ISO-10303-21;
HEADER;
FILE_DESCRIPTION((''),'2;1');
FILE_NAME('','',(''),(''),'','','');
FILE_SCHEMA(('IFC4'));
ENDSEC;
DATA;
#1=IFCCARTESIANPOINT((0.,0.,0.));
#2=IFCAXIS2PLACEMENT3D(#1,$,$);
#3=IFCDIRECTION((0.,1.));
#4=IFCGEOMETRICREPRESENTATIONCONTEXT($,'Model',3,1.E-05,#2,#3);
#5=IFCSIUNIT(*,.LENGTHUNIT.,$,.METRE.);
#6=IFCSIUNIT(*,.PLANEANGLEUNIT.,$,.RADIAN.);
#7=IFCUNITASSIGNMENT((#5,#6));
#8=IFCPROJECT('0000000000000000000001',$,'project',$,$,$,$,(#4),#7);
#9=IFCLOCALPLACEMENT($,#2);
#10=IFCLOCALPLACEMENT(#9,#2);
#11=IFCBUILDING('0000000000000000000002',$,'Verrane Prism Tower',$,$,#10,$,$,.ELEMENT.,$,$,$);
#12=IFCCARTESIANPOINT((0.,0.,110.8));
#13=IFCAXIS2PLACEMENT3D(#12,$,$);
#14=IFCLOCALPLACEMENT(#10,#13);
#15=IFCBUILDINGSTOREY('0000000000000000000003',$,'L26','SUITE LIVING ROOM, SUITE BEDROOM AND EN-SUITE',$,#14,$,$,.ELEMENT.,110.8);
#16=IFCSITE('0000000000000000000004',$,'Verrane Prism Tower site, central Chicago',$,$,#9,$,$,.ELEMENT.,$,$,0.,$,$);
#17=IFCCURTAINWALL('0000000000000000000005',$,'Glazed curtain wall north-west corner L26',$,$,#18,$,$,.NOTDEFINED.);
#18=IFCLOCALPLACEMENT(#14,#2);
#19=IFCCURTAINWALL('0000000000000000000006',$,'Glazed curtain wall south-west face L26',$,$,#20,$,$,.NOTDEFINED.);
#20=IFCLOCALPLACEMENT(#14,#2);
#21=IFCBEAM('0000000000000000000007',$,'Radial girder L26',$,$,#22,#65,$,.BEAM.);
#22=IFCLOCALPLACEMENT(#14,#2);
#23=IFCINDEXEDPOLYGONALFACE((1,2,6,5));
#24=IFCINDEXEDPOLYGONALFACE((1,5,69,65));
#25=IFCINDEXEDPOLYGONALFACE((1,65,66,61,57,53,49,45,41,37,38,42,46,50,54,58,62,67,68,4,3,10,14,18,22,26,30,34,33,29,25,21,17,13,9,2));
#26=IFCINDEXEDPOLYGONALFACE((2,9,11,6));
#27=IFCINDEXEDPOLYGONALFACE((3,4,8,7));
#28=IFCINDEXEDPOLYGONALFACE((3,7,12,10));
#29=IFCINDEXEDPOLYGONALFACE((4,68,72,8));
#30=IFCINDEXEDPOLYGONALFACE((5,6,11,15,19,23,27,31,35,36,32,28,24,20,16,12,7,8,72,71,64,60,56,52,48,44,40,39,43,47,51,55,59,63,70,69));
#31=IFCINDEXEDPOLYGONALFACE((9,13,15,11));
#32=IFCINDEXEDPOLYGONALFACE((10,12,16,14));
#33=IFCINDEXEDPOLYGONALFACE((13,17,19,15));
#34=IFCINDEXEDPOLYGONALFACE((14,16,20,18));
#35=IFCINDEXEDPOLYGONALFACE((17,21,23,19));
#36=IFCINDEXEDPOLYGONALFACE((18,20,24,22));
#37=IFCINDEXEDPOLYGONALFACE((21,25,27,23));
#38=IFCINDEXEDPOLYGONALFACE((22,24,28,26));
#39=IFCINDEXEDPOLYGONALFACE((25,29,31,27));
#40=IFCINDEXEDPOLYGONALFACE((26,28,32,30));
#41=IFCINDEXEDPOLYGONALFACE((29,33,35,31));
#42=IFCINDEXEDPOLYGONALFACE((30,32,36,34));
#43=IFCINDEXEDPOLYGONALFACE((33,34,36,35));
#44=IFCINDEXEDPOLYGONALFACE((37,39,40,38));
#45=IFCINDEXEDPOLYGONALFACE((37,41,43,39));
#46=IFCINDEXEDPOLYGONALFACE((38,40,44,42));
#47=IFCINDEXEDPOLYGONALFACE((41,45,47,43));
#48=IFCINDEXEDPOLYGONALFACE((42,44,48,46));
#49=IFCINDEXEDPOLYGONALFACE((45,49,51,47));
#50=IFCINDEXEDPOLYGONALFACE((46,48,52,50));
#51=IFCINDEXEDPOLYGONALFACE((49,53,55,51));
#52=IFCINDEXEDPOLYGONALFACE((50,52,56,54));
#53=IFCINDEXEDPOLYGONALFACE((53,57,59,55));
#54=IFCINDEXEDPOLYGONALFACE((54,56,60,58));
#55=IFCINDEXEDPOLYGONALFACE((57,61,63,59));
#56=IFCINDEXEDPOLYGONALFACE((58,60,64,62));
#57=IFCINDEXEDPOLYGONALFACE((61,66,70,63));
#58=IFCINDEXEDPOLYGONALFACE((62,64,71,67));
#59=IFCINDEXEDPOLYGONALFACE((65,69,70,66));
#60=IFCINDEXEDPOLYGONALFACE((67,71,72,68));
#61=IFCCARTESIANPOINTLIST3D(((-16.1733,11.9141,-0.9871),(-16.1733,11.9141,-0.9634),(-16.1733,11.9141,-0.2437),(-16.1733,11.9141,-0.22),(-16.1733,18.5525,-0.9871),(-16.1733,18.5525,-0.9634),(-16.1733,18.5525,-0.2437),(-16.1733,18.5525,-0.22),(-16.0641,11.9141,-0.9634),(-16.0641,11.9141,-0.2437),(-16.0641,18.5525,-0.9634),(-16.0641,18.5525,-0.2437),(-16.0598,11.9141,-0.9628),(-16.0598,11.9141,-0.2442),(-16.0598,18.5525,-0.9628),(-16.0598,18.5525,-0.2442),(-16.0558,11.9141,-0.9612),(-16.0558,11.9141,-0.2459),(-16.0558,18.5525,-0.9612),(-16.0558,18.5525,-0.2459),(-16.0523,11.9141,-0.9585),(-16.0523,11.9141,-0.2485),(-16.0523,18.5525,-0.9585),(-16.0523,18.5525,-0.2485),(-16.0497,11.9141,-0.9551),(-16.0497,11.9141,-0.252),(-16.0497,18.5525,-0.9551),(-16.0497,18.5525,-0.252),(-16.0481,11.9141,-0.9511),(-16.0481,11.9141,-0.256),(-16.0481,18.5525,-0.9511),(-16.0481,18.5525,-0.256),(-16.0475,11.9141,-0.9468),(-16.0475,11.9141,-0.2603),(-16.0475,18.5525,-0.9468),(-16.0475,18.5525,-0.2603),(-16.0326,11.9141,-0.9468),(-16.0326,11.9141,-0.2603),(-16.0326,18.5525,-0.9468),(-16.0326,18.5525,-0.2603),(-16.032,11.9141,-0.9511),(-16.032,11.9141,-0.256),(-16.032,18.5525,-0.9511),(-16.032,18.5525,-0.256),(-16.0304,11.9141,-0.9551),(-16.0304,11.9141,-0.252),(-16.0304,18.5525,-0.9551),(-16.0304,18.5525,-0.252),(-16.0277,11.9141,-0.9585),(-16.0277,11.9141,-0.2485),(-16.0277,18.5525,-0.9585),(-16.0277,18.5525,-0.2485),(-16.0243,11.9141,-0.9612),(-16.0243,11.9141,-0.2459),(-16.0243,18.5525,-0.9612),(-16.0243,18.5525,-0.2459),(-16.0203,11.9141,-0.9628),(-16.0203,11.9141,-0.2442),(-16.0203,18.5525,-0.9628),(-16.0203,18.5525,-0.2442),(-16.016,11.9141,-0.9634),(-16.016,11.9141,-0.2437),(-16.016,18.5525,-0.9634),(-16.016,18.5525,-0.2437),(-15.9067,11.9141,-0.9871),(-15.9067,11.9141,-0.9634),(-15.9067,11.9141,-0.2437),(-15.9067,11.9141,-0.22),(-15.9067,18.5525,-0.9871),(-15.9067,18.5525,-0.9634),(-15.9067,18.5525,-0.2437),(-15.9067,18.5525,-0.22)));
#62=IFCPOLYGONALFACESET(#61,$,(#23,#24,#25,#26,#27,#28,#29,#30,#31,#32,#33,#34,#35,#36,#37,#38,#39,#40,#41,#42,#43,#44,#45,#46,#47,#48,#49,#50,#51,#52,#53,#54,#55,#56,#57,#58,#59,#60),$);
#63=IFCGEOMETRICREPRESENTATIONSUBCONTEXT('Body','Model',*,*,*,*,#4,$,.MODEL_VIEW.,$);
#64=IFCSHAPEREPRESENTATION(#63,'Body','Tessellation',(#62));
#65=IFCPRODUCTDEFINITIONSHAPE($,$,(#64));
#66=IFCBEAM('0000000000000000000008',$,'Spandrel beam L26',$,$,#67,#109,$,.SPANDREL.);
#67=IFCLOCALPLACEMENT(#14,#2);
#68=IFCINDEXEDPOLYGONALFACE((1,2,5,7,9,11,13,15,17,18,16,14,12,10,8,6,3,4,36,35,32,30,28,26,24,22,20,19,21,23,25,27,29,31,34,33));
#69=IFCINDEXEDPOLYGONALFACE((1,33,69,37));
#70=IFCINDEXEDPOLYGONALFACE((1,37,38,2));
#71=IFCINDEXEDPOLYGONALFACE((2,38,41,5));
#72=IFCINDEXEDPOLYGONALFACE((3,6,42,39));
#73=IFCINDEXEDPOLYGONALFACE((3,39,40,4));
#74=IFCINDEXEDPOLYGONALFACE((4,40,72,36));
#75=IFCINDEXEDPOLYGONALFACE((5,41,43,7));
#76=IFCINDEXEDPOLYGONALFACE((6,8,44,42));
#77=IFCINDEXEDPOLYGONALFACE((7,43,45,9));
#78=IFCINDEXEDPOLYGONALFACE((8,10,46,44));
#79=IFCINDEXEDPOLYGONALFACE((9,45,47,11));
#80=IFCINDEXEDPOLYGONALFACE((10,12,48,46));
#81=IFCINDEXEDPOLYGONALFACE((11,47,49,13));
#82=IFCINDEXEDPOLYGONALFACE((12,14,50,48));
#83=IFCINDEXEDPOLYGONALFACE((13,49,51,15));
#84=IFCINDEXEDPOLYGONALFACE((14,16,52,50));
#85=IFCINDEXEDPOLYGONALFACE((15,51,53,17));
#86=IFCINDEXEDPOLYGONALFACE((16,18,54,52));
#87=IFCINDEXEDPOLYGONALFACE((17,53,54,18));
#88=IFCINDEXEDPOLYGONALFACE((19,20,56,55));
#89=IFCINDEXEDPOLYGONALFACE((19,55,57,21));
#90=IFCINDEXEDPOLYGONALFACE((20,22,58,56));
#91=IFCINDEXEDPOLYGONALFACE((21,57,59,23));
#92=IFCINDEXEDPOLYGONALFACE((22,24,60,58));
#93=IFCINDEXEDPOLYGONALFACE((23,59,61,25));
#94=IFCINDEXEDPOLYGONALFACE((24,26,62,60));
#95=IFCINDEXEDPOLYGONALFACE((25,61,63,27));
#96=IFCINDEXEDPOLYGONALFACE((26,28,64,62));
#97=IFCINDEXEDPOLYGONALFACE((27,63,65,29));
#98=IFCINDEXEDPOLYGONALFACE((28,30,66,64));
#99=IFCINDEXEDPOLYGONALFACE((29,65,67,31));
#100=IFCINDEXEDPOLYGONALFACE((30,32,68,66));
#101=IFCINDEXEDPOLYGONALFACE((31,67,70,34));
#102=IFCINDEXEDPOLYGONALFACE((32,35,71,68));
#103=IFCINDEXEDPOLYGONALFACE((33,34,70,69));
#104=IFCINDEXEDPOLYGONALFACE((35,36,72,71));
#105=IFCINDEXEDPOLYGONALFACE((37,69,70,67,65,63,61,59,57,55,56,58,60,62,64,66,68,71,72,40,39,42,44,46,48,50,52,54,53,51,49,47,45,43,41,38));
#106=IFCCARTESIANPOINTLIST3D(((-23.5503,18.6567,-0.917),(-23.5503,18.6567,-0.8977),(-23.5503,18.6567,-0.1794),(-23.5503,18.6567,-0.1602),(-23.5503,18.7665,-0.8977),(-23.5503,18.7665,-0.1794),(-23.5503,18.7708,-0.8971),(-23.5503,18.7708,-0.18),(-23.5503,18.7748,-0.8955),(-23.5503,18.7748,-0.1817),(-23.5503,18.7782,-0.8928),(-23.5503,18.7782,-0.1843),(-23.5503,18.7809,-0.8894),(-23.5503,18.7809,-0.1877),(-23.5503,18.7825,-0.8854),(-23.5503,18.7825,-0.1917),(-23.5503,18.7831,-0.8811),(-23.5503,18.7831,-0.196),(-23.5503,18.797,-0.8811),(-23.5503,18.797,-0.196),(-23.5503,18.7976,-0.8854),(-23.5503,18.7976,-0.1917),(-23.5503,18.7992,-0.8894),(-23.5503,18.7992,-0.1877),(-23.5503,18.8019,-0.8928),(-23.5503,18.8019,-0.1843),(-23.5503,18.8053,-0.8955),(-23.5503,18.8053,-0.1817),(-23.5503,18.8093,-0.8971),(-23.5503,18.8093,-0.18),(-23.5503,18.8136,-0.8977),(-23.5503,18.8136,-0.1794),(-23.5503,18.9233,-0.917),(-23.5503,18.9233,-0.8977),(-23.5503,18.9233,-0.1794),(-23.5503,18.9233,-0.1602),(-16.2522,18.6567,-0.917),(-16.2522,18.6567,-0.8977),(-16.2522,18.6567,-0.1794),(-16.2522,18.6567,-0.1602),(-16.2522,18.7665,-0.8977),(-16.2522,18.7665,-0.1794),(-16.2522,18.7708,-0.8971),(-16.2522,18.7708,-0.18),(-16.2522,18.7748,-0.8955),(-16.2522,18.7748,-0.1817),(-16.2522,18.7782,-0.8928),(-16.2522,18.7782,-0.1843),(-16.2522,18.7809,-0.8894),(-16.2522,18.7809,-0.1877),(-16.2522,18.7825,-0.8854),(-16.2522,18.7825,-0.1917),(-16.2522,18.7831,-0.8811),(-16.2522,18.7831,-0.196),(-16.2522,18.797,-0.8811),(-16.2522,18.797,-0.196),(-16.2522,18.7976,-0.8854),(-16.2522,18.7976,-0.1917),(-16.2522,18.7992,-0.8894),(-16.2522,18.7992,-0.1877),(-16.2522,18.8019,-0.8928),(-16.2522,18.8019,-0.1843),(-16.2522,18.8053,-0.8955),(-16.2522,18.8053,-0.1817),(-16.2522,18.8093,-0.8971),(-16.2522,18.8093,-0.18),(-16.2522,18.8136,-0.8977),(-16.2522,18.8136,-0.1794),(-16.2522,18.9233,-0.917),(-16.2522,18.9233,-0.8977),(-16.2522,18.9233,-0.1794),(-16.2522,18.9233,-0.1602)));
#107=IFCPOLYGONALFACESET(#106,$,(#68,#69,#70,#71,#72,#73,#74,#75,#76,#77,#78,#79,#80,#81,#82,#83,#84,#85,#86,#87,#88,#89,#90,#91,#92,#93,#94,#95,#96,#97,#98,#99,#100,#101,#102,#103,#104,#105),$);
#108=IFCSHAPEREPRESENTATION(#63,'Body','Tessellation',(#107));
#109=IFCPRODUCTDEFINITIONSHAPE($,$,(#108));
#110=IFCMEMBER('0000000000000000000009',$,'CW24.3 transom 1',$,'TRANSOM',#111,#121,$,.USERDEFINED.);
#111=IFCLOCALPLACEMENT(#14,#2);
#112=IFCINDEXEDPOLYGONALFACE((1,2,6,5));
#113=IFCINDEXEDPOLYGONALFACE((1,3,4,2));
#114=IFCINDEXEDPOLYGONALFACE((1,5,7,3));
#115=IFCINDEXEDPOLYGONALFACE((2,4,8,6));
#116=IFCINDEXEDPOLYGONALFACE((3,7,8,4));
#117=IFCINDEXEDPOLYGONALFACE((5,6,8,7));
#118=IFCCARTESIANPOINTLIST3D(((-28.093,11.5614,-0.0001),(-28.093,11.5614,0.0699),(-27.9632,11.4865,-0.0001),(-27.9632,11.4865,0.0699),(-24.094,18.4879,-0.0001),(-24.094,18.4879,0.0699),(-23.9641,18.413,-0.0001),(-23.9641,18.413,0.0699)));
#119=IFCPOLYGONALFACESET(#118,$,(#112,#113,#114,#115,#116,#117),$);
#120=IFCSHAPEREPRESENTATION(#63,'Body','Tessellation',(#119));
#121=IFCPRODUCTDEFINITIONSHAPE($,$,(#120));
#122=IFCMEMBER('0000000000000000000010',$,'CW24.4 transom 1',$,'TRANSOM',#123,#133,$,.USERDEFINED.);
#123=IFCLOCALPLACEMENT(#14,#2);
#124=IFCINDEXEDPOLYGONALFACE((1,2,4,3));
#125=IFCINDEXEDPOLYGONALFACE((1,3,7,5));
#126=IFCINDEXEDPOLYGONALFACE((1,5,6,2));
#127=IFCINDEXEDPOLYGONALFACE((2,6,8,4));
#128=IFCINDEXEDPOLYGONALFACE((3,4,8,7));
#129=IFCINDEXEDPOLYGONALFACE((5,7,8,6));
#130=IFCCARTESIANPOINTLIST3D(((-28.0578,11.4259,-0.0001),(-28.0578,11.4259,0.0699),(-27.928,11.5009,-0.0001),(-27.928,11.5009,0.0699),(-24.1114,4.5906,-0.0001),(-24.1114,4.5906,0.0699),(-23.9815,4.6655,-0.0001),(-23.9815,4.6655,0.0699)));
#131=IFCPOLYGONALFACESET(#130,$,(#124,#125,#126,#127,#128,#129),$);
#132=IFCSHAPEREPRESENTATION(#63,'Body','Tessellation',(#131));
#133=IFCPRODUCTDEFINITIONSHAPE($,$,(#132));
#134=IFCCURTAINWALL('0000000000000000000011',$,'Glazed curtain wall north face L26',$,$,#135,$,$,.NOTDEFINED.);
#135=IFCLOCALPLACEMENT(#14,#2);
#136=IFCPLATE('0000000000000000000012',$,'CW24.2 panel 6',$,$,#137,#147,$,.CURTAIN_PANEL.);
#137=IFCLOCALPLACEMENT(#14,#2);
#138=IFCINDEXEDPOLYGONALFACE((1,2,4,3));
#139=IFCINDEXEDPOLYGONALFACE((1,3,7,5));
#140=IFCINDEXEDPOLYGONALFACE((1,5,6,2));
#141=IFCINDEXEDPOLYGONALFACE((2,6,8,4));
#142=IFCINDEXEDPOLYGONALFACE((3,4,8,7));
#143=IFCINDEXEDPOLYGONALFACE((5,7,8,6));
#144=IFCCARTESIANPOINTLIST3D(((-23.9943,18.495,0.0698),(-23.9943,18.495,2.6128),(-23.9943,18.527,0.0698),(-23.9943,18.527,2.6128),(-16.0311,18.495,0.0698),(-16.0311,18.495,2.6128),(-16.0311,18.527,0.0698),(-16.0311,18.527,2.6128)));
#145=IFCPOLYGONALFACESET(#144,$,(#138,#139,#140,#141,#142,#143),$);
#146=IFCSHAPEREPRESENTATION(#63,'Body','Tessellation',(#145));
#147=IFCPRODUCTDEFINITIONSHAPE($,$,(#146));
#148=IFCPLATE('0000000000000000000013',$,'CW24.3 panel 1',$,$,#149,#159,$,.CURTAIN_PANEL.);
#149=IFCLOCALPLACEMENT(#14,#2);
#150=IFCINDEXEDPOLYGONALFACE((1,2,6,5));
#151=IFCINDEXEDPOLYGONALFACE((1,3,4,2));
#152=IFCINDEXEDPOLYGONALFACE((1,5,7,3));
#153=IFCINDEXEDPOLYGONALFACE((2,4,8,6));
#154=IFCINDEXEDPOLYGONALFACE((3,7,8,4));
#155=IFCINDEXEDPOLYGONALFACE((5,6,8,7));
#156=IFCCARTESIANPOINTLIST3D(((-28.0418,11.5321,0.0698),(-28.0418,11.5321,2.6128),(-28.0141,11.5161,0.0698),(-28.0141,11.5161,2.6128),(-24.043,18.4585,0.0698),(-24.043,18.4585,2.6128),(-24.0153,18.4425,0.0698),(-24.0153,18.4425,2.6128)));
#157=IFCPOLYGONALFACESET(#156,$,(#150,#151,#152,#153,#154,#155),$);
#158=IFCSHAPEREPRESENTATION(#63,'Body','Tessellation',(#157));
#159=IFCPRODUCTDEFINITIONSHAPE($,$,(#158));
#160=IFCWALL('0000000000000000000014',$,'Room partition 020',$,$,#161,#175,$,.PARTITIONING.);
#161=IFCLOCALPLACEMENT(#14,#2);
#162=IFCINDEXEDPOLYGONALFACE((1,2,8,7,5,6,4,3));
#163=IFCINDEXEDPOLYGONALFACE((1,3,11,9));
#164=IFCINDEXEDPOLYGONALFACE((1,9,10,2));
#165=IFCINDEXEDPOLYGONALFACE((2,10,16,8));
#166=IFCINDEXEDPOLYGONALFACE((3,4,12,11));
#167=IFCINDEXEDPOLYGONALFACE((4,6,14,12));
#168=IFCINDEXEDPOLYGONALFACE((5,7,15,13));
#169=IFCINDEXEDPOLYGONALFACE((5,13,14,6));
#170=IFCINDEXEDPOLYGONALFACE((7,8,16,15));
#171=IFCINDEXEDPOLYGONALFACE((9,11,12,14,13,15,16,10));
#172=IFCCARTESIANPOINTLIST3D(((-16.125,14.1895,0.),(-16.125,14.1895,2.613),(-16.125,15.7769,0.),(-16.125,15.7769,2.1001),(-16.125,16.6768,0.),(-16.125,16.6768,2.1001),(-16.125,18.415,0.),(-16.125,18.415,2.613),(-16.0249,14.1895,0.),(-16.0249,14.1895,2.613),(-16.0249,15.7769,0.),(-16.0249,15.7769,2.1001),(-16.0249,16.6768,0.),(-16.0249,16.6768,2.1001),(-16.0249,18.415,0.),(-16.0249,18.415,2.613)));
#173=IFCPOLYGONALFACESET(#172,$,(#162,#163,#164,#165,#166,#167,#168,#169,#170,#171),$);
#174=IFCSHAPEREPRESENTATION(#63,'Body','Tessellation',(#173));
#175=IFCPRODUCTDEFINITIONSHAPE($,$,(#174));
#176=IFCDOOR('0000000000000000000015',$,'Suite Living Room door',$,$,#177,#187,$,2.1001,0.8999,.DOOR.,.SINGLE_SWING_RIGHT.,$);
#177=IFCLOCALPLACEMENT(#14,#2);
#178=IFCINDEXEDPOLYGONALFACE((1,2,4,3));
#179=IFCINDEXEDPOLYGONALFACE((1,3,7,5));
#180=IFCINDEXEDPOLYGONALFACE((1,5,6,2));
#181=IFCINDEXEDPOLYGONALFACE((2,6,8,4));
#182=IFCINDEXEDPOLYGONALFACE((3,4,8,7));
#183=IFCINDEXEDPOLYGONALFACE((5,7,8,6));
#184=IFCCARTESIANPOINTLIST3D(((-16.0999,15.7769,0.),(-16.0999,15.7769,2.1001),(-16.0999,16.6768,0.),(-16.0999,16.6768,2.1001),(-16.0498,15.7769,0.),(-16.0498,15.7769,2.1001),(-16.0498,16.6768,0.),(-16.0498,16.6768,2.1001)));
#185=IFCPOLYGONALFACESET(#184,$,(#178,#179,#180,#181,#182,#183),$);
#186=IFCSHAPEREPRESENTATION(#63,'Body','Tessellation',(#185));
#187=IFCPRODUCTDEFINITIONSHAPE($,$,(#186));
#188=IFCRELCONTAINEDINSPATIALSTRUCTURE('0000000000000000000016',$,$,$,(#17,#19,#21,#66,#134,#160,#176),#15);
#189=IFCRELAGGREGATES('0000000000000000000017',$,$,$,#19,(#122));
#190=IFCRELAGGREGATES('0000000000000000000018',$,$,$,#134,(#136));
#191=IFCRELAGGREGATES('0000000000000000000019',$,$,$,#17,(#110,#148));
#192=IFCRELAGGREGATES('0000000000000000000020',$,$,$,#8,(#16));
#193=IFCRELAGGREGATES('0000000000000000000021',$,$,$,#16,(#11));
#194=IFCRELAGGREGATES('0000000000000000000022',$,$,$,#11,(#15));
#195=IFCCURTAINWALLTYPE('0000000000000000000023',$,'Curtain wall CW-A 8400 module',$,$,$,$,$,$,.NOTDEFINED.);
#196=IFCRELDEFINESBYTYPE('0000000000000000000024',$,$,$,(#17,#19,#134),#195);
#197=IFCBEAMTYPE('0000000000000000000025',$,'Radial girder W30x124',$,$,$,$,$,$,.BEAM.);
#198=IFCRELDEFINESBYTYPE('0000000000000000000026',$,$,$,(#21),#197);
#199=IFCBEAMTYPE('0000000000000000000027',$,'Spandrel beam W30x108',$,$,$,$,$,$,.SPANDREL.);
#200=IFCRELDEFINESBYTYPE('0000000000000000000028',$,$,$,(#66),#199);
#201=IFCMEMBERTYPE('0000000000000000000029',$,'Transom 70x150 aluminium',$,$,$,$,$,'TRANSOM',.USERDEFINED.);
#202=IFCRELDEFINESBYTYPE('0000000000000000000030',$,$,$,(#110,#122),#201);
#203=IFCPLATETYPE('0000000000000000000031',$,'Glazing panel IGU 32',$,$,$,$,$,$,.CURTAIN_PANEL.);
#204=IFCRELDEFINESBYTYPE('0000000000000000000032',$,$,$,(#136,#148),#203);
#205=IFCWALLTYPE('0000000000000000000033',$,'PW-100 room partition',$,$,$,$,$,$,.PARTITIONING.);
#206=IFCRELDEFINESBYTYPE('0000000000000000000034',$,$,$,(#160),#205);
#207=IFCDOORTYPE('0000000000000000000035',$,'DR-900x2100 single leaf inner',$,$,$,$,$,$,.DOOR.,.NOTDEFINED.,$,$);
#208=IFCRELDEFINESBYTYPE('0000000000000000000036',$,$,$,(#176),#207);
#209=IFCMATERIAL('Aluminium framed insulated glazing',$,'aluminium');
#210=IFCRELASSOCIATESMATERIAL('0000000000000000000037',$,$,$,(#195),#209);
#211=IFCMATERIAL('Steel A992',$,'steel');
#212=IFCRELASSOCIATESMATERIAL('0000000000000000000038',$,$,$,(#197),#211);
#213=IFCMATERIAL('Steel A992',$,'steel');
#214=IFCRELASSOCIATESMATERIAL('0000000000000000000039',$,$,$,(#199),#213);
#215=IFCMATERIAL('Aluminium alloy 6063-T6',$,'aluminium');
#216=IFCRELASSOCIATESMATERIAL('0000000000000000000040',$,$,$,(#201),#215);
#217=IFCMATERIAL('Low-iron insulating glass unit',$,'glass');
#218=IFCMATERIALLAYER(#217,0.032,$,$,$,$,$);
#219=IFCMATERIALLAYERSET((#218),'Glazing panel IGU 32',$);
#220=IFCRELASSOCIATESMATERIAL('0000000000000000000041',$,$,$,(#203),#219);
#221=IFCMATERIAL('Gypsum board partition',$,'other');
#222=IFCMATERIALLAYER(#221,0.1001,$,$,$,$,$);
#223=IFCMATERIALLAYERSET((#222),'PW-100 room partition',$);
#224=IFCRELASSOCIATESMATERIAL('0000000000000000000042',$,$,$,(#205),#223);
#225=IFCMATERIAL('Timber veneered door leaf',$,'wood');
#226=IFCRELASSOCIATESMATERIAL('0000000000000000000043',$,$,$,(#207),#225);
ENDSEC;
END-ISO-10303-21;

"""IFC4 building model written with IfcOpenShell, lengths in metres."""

from ifc_helpers import new_model, si_unit, direction, frame, frame_2d, origin, origin_2d, place, context, subcontext, project, spatial, rectangle, i_section, extrude, material, layer, layer_set, material_profile, profile_set, type_object, element, fill, aggregate, save


model = new_model("IFC4")

# Units and contexts
model_context = context("Model", 3, precision=1e-05, world=origin(), true_north=direction((0.0, 1.0)))
body_context = subcontext(model_context, "Body", "Model", "MODEL_VIEW")
ifc_project = project(units=[si_unit("LENGTHUNIT", "METRE"), si_unit("PLANEANGLEUNIT", "RADIAN")], contexts=[model_context])

# Site, building, storey
site_placement = place(None, origin())
site = spatial("IfcSite", under=ifc_project, at=site_placement, Name="Verrane Prism Tower site, central Chicago", CompositionType="ELEMENT", RefElevation=0.0)
building_placement = place(site_placement, origin())
building = spatial("IfcBuilding", under=site, at=building_placement, Name="Verrane Prism Tower", CompositionType="ELEMENT")
storey_placement = place(building_placement, frame((0.0, 0.0, 110.8)))
storey = spatial("IfcBuildingStorey", under=building, at=storey_placement, Name="L26", Description="SUITE LIVING ROOM, SUITE BEDROOM AND EN-SUITE", CompositionType="ELEMENT", Elevation=110.8)

# Curtain walls
ifc_material_1 = material(Name="Aluminium framed insulated glazing", Category="aluminium")
curtain_wall_type = type_object("IfcCurtainWallType", Name="Curtain wall CW-A 8400 module", PredefinedType="NOTDEFINED", material=ifc_material_1)
curtain_wall_1_placement = place(storey_placement, origin())
curtain_wall_1 = element("IfcCurtainWall", 1, at=curtain_wall_1_placement, inside=storey, type_object=curtain_wall_type, Name="Glazed curtain wall north-west corner L26", PredefinedType="NOTDEFINED")
curtain_wall_2_placement = place(storey_placement, origin())
curtain_wall_2 = element("IfcCurtainWall", 2, at=curtain_wall_2_placement, inside=storey, type_object=curtain_wall_type, Name="Glazed curtain wall south-west face L26", PredefinedType="NOTDEFINED")

# Beams
ifc_material_2 = material(Name="Steel A992", Category="steel")
ifc_material_profile_1 = material_profile(ifc_material_2, i_section(OverallWidth=0.2666, OverallDepth=0.7671, WebThickness=0.0149, FlangeThickness=0.0237, FilletRadius=0.0166, at=origin_2d()), Name="W30x124")
ifc_profile_set_1 = profile_set([ifc_material_profile_1], Name="Steel A992")
beam_type_1 = type_object("IfcBeamType", Name="Radial girder W30x124", PredefinedType="BEAM", material=ifc_profile_set_1)
beam_1_placement = place(storey_placement, frame((-16.04, 18.5525, -0.6035), z_axis=(0.0, -1.0, 0.0), x_axis=(1.0, 0.0, 0.0)))
element("IfcBeam", 3, at=beam_1_placement, inside=storey, type_object=beam_type_1, Name="Radial girder L26", PredefinedType="BEAM", context=body_context, shape_type="SweptSolid", body=[
    extrude(i_section(OverallWidth=0.2666, OverallDepth=0.7671, WebThickness=0.0149, FlangeThickness=0.0237, FilletRadius=0.0166, at=origin_2d()), origin(), (0.0, 0.0, 1.0), 6.6384),
])
ifc_material_3 = material(Name="Steel A992", Category="steel")
ifc_material_profile_2 = material_profile(ifc_material_3, i_section(OverallWidth=0.2666, OverallDepth=0.7568, WebThickness=0.0139, FlangeThickness=0.0193, FilletRadius=0.0166, at=origin_2d()), Name="W30x108")
ifc_profile_set_2 = profile_set([ifc_material_profile_2], Name="Steel A992")
beam_type_2 = type_object("IfcBeamType", Name="Spandrel beam W30x108", PredefinedType="SPANDREL", material=ifc_profile_set_2)
beam_2_placement = place(storey_placement, frame((-16.2522, 18.79, -0.5386), z_axis=(-1.0, 0.0, 0.0), x_axis=(0.0, -1.0, 0.0)))
element("IfcBeam", 4, at=beam_2_placement, inside=storey, type_object=beam_type_2, Name="Spandrel beam L26", PredefinedType="SPANDREL", context=body_context, shape_type="SweptSolid", body=[
    extrude(i_section(OverallWidth=0.2666, OverallDepth=0.7568, WebThickness=0.0139, FlangeThickness=0.0193, FilletRadius=0.0166, at=origin_2d()), origin(), (0.0, 0.0, 1.0), 7.2981),
])

# Members
ifc_material_4 = material(Name="Aluminium alloy 6063-T6", Category="aluminium")
ifc_material_profile_3 = material_profile(ifc_material_4, rectangle(XDim=0.1499, YDim=0.0701, at=origin_2d()), Name="Transom 70x150 aluminium")
ifc_profile_set_3 = profile_set([ifc_material_profile_3], Name="Aluminium alloy 6063-T6")
member_type_1 = type_object("IfcMemberType", Name="Transom 70x150 aluminium", ElementType="TRANSOM", PredefinedType="USERDEFINED", material=ifc_profile_set_3)
member_1_placement = place(storey_placement, frame((-24.0291, 18.4504, 0.0349), z_axis=(-0.5, -0.866025, 0.0), x_axis=(0.866025, -0.5, 0.0)))
member_1 = element("IfcMember", 5, at=member_1_placement, type_object=member_type_1, Name="CW24.3 transom 1", ObjectType="TRANSOM", PredefinedType="USERDEFINED", context=body_context, shape_type="SweptSolid", body=[
    extrude(rectangle(XDim=0.1499, YDim=0.0701, at=origin_2d()), origin(), (0.0, 0.0, 1.0), 7.998),
])
member_2_placement = place(storey_placement, frame((-27.9929, 11.4634, 0.0349), z_axis=(0.500008, -0.866021, 0.0), x_axis=(0.866021, 0.500008, 0.0)))
member_2 = element("IfcMember", 6, at=member_2_placement, type_object=member_type_1, Name="CW24.4 transom 1", ObjectType="TRANSOM", PredefinedType="USERDEFINED", context=body_context, shape_type="SweptSolid", body=[
    extrude(rectangle(XDim=0.1499, YDim=0.0701, at=origin_2d()), origin(), (0.0, 0.0, 1.0), 7.8928),
])
aggregate(curtain_wall_2, [member_2])

# Curtain wall, plate
curtain_wall_3_placement = place(storey_placement, origin())
curtain_wall_3 = element("IfcCurtainWall", 7, at=curtain_wall_3_placement, inside=storey, type_object=curtain_wall_type, Name="Glazed curtain wall north face L26", PredefinedType="NOTDEFINED")
ifc_material_5 = material(Name="Low-iron insulating glass unit", Category="glass")
ifc_layer_1 = layer(ifc_material_5, 0.032)
ifc_layer_set_1 = layer_set([ifc_layer_1], Name="Glazing panel IGU 32")
plate_type = type_object("IfcPlateType", Name="Glazing panel IGU 32", PredefinedType="CURTAIN_PANEL", material=ifc_layer_set_1)
plate_1_placement = place(storey_placement, frame((-20.0127, 18.511, 0.0698), z_axis=(0.0, 0.0, 1.0), x_axis=(-1.0, 0.0, 0.0)))
plate_1 = element("IfcPlate", 8, at=plate_1_placement, type_object=plate_type, Name="CW24.2 panel 6", PredefinedType="CURTAIN_PANEL", context=body_context, shape_type="SweptSolid", body=[
    extrude(rectangle(XDim=7.9631, YDim=0.032, at=origin_2d()), origin(), (0.0, 0.0, 1.0), 2.543),
])
aggregate(curtain_wall_3, [plate_1])

# Plate
plate_2_placement = place(storey_placement, frame((-26.0286, 14.9873, 0.0698), z_axis=(0.0, 0.0, 1.0), x_axis=(-0.499996, -0.866028, 0.0)))
plate_2 = element("IfcPlate", 9, at=plate_2_placement, type_object=plate_type, Name="CW24.3 panel 1", PredefinedType="CURTAIN_PANEL", context=body_context, shape_type="SweptSolid", body=[
    extrude(rectangle(XDim=7.9978, YDim=0.032, at=origin_2d()), origin(), (0.0, 0.0, 1.0), 2.543),
])
aggregate(curtain_wall_1, [member_1, plate_2])

# Wall, opening, door
ifc_material_6 = material(Name="Gypsum board partition", Category="other")
ifc_layer_2 = layer(ifc_material_6, 0.1001)
ifc_layer_set_2 = layer_set([ifc_layer_2], Name="PW-100 room partition")
wall_type_1 = type_object("IfcWallType", Name="PW-100 room partition", PredefinedType="PARTITIONING", material=ifc_layer_set_2)
wall_1_placement = place(storey_placement, frame((-16.075, 14.1895, 0.0), z_axis=(0.0, 0.0, 1.0), x_axis=(0.0, 1.0, 0.0)))
wall_1 = element("IfcWall", 10, at=wall_1_placement, inside=storey, type_object=wall_type_1, Name="Room partition 020", PredefinedType="PARTITIONING", context=body_context, shape_type="SweptSolid", body=[
    extrude(rectangle(XDim=4.2256, YDim=0.1001, at=frame_2d((2.1128, 0.0))), origin(), (0.0, 0.0, 1.0), 2.613),
])
opening_1_placement = place(wall_1_placement, frame((1.5874, 0.0, 0.0)))
opening_1 = element("IfcOpeningElement", 11, at=opening_1_placement, cuts=wall_1, PredefinedType="OPENING", context=body_context, shape_type="SweptSolid", body=[
    extrude(rectangle(XDim=0.8999, YDim=2.1001, at=frame_2d((0.45, 1.05))), frame((0.0, 0.0601, 0.0), z_axis=(0.0, -1.0, 0.0), x_axis=(1.0, 0.0, 0.0)), (0.0, 0.0, 1.0), 0.1201),
])
ifc_material_7 = material(Name="Timber veneered door leaf", Category="wood")
door_type_1 = type_object("IfcDoorType", Name="DR-900x2100 single leaf inner", OperationType="NOTDEFINED", PredefinedType="DOOR", material=ifc_material_7)
door_1_placement = place(opening_1_placement, origin())
door_1 = element("IfcDoor", 12, at=door_1_placement, inside=storey, type_object=door_type_1, Name="Suite Living Room door", OperationType="SINGLE_SWING_RIGHT", OverallHeight=2.1001, OverallWidth=0.8999, PredefinedType="DOOR", context=body_context, shape_type="SweptSolid", body=[
    extrude(rectangle(XDim=0.8999, YDim=2.1001, at=frame_2d((0.45, 1.05))), frame((0.0, 0.0249, 0.0), z_axis=(0.0, -1.0, 0.0), x_axis=(1.0, 0.0, 0.0)), (0.0, 0.0, 1.0), 0.05),
])
fill(opening_1, door_1)

save(model, "model.ifc")
